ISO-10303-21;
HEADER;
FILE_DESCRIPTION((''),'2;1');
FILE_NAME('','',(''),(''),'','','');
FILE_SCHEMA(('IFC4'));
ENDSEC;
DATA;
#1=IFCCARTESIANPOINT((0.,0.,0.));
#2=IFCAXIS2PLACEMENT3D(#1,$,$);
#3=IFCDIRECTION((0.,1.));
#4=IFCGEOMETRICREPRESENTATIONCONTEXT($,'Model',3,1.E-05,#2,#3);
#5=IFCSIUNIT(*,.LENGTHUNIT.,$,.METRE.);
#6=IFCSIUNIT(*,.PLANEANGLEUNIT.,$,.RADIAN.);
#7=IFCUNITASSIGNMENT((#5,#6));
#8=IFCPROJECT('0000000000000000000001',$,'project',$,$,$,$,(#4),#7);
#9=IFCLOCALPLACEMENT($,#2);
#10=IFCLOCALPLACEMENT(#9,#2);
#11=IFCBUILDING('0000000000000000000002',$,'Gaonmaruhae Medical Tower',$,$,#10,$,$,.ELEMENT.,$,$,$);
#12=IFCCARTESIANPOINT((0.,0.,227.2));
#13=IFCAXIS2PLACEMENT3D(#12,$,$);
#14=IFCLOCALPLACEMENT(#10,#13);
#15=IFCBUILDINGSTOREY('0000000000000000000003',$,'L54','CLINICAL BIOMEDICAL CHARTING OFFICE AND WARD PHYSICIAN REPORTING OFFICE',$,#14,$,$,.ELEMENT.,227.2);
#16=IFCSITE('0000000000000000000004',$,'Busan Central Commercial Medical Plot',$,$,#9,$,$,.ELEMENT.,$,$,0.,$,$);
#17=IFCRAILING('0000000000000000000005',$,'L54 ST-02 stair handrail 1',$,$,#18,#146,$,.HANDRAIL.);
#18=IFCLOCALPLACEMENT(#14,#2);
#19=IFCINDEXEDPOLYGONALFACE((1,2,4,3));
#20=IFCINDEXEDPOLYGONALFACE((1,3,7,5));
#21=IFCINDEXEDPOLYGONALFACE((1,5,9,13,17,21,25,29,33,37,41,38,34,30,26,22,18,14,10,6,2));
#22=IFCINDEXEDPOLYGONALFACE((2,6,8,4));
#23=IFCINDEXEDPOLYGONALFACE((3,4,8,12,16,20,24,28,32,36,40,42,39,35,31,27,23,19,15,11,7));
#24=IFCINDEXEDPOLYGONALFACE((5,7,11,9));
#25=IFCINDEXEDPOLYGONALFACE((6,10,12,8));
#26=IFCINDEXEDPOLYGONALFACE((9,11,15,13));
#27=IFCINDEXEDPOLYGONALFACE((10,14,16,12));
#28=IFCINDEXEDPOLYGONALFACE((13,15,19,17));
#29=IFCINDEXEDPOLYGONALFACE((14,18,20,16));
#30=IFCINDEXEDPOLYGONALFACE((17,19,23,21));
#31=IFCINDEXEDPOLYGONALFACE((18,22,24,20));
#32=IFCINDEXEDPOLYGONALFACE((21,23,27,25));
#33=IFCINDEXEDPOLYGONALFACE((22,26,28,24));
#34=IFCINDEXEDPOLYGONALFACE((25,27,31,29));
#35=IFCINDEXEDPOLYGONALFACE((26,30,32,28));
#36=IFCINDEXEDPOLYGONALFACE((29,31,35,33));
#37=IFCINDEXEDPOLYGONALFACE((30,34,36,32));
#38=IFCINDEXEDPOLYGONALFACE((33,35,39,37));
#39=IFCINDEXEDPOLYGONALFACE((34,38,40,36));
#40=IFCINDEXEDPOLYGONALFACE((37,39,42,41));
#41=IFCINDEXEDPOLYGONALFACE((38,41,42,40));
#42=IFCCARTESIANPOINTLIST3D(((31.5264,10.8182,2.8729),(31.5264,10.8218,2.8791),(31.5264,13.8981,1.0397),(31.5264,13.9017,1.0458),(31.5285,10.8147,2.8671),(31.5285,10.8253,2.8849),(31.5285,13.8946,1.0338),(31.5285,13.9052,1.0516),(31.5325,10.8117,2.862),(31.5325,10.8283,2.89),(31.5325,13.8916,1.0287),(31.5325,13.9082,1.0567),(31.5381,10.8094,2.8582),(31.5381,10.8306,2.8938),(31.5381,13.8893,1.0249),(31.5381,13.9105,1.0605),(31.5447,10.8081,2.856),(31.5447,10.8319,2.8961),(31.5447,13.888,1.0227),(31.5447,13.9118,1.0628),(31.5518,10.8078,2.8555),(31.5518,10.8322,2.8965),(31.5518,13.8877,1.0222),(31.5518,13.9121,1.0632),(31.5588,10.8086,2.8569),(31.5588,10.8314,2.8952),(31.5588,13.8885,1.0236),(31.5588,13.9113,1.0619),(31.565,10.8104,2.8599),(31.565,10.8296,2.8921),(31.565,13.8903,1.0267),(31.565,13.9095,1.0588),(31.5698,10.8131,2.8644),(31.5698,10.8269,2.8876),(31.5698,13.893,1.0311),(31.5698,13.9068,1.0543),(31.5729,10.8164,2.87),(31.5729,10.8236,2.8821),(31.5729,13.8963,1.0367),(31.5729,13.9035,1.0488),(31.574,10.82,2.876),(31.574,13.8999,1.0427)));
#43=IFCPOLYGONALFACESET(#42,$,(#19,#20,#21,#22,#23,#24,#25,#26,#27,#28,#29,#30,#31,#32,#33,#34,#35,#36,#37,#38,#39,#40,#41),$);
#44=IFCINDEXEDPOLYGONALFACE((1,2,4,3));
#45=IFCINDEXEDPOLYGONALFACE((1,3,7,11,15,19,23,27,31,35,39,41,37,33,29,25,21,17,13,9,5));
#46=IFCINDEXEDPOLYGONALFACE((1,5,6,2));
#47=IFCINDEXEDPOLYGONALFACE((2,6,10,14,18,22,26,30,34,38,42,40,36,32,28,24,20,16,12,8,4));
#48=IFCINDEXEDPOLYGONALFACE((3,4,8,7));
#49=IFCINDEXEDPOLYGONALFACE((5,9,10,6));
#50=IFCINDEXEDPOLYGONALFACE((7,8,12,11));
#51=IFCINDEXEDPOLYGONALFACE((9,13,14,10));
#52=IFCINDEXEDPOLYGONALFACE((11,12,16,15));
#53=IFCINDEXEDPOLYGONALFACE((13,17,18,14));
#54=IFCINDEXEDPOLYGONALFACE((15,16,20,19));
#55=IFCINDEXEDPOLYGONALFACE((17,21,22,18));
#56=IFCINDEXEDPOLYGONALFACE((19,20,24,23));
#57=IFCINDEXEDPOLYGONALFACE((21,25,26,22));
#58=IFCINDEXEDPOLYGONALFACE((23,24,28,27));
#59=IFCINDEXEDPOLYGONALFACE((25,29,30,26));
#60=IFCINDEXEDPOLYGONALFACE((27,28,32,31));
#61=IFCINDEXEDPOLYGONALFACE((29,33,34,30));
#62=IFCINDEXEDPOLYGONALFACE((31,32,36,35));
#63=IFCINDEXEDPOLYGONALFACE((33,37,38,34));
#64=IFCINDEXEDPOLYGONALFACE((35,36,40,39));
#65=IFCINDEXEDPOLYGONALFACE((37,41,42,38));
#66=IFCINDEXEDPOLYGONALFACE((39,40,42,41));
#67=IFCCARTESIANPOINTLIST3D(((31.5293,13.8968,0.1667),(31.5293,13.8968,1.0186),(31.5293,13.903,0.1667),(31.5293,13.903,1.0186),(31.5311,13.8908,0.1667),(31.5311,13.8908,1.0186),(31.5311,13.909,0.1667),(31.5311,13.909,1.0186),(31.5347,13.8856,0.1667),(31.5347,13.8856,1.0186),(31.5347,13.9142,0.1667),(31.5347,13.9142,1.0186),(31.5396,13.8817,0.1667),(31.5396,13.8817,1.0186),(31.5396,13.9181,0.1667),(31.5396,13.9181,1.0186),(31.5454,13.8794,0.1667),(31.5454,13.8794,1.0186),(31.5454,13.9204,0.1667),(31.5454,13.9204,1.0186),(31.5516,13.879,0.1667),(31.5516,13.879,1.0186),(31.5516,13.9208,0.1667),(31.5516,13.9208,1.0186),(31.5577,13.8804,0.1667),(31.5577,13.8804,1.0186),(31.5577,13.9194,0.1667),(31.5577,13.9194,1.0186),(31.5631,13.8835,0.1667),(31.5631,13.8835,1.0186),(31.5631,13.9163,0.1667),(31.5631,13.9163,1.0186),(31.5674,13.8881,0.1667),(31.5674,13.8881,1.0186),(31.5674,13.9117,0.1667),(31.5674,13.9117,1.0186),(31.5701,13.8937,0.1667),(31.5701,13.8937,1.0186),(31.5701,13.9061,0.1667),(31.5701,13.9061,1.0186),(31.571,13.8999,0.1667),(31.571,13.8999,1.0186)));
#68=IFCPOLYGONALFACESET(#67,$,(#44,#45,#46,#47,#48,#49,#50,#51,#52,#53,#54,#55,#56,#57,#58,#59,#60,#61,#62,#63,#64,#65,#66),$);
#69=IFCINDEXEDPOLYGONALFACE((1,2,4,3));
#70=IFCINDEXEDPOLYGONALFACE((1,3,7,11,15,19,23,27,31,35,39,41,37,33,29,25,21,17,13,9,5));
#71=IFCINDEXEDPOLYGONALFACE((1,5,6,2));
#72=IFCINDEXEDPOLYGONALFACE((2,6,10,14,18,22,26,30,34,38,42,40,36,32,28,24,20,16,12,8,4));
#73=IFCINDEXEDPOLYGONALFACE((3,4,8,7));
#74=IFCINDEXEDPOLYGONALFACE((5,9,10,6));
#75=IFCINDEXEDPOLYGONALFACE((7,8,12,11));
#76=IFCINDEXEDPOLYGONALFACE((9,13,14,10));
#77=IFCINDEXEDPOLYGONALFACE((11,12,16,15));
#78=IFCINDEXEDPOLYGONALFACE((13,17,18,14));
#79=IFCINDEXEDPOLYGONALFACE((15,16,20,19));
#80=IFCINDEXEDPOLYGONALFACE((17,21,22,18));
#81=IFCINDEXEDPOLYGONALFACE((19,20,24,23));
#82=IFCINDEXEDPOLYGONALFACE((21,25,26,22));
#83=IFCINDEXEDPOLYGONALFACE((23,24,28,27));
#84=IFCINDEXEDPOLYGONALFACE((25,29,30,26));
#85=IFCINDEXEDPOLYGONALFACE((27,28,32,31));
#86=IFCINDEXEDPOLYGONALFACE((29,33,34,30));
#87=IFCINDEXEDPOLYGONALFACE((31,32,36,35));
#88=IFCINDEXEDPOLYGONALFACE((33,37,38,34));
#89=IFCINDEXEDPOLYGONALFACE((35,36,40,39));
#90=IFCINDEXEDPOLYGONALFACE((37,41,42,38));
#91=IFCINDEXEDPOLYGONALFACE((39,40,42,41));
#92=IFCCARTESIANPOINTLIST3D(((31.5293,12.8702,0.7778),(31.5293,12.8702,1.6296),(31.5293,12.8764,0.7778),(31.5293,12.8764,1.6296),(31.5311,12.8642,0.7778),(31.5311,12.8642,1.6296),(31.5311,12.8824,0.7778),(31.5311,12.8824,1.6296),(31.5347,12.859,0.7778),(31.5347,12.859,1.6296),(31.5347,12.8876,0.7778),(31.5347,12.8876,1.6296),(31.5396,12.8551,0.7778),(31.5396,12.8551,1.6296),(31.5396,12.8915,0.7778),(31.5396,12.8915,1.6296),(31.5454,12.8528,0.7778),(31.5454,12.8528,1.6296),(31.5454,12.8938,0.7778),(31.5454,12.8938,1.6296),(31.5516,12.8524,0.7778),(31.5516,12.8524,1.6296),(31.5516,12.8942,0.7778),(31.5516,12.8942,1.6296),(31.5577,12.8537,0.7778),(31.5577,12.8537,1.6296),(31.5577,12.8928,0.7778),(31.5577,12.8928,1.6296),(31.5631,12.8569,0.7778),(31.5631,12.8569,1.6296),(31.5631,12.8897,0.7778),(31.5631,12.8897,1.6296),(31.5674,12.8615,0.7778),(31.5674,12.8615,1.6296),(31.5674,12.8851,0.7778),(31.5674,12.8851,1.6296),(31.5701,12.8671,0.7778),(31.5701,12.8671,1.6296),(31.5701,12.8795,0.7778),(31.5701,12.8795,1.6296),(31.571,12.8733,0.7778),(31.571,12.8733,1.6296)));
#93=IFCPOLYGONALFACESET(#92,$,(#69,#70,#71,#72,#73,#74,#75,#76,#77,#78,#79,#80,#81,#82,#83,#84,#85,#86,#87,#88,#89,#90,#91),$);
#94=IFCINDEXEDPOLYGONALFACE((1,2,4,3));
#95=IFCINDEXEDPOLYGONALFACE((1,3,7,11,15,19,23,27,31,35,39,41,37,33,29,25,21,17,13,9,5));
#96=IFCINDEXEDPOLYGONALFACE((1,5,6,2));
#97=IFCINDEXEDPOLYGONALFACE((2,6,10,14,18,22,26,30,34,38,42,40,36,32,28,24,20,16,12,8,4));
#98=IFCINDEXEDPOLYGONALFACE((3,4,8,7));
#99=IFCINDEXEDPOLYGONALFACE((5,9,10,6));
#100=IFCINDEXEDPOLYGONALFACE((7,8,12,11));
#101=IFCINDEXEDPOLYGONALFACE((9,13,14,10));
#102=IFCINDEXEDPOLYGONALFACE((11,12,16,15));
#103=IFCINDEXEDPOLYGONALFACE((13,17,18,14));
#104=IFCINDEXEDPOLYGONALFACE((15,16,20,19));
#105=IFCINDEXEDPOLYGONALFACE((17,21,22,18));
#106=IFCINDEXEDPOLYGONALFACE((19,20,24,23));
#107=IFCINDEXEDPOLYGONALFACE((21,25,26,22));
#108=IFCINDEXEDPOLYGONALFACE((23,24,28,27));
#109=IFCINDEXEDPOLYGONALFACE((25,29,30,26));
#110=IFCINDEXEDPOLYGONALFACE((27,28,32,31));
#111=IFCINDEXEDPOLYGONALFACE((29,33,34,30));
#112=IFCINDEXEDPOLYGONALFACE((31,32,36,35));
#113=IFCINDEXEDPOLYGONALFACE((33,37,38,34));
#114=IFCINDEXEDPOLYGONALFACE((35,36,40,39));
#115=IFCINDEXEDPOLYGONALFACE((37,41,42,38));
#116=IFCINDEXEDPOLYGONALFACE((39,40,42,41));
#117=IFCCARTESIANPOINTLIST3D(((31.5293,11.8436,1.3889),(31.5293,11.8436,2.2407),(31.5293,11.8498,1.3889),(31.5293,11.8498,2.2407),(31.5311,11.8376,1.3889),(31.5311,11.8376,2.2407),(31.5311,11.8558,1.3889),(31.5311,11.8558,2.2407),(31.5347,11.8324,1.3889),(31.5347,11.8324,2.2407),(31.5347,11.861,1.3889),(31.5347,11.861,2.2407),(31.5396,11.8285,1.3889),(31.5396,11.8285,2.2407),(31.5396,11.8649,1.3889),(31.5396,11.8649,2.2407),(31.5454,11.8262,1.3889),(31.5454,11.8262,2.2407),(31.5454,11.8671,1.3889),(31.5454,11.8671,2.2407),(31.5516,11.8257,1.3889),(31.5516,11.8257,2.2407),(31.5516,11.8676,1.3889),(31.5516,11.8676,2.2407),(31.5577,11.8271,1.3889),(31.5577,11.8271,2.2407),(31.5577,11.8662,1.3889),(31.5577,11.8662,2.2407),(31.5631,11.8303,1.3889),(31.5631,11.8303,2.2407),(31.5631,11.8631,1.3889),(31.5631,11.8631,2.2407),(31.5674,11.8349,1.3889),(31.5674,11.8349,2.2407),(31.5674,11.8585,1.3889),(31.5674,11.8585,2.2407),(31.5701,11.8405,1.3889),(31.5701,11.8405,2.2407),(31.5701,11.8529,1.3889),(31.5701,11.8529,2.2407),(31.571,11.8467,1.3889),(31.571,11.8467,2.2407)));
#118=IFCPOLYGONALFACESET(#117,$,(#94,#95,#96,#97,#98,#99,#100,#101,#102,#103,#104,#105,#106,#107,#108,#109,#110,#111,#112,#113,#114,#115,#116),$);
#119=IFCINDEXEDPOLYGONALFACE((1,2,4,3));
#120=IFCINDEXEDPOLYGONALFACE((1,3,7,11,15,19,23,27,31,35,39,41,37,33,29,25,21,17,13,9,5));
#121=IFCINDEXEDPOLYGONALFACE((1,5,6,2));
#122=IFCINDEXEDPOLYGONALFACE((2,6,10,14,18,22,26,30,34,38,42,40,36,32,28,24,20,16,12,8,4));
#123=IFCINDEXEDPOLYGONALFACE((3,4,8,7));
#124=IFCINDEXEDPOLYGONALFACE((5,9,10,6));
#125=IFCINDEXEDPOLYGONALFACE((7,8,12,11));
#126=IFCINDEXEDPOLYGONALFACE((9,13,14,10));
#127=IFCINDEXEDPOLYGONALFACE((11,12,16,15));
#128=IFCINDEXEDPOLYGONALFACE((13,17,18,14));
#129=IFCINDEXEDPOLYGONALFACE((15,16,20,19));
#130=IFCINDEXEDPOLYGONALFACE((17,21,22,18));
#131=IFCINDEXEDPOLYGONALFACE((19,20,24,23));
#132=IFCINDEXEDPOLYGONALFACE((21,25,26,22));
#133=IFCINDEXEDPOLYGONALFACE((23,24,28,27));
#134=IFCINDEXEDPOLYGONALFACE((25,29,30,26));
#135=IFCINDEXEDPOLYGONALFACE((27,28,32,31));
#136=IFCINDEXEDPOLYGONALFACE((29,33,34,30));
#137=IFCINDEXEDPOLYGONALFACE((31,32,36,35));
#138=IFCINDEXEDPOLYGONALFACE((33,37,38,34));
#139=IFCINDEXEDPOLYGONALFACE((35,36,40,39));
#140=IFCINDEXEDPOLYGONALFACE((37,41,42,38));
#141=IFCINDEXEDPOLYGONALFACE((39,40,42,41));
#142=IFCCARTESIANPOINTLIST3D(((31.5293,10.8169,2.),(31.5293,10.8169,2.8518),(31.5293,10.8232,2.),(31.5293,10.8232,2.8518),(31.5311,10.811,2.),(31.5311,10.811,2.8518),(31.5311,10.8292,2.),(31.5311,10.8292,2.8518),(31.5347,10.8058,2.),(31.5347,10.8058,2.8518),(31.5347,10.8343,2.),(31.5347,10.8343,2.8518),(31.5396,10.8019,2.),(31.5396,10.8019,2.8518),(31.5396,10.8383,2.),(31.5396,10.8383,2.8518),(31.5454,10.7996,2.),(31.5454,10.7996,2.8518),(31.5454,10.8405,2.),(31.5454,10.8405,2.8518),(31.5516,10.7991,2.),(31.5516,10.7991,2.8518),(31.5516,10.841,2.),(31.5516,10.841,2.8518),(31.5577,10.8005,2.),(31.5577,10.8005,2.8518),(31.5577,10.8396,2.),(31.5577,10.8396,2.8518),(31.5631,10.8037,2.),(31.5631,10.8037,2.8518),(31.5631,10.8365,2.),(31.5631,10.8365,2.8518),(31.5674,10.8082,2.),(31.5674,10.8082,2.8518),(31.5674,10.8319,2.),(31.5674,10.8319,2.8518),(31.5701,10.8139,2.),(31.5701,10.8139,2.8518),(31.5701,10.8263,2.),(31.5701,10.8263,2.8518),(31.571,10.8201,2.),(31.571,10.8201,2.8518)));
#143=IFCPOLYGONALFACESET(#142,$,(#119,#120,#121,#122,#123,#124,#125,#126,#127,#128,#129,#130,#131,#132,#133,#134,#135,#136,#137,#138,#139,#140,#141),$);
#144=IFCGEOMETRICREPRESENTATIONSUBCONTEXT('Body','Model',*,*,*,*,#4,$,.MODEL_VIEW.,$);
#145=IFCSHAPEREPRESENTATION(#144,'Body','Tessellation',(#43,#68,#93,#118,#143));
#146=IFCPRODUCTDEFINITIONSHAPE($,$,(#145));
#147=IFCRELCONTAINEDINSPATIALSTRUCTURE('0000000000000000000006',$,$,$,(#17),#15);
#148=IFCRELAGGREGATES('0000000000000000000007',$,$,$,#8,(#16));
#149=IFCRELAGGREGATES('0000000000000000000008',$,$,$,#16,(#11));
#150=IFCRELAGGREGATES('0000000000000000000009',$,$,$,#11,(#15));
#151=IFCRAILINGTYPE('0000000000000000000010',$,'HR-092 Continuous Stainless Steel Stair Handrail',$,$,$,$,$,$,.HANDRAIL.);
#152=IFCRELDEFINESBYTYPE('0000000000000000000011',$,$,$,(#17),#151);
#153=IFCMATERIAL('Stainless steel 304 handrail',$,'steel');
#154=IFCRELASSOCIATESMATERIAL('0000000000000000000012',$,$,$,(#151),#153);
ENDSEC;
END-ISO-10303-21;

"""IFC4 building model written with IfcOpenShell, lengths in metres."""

from ifc_helpers import new_model, si_unit, direction, frame, origin, origin_2d, place, context, subcontext, project, spatial, circle, extrude, material, type_object, element, save


model = new_model("IFC4")

# Units and contexts
model_context = context("Model", 3, precision=1e-05, world=origin(), true_north=direction((0.0, 1.0)))
body_context = subcontext(model_context, "Body", "Model", "MODEL_VIEW")
ifc_project = project(units=[si_unit("LENGTHUNIT", "METRE"), si_unit("PLANEANGLEUNIT", "RADIAN")], contexts=[model_context])

# Site, building, storey
site_placement = place(None, origin())
site = spatial("IfcSite", under=ifc_project, at=site_placement, Name="Busan Central Commercial Medical Plot", CompositionType="ELEMENT", RefElevation=0.0)
building_placement = place(site_placement, origin())
building = spatial("IfcBuilding", under=site, at=building_placement, Name="Gaonmaruhae Medical Tower", CompositionType="ELEMENT")
storey_placement = place(building_placement, frame((0.0, 0.0, 227.2)))
storey = spatial("IfcBuildingStorey", under=building, at=storey_placement, Name="L54", Description="CLINICAL BIOMEDICAL CHARTING OFFICE AND WARD PHYSICIAN REPORTING OFFICE", CompositionType="ELEMENT", Elevation=227.2)

# Railing
ifc_material_1 = material(Name="Stainless steel 304 handrail", Category="steel")
railing_type_1 = type_object("IfcRailingType", Name="HR-092 Continuous Stainless Steel Stair Handrail", PredefinedType="HANDRAIL", material=ifc_material_1)
railing_1_placement = place(storey_placement, frame((31.55, 13.8999, 0.1667)))
element("IfcRailing", 1, at=railing_1_placement, inside=storey, type_object=railing_type_1, Name="L54 ST-02 stair handrail 1", PredefinedType="HANDRAIL", context=body_context, shape_type="SweptSolid", body=[
    extrude(circle(Radius=0.0239, at=origin_2d()), frame((0.0, 0.0, 0.876), z_axis=(0.0, -0.859291, 0.511487), x_axis=(1.0, 0.0, 0.0)), (0.0, 0.0, 1.0), 3.5842),
    extrude(circle(Radius=0.021, at=origin_2d()), origin(), (0.0, 0.0, 1.0), 0.8518),
    extrude(circle(Radius=0.021, at=origin_2d()), frame((0.0, -1.0266, 0.6111)), (0.0, 0.0, 1.0), 0.8518),
    extrude(circle(Radius=0.021, at=origin_2d()), frame((0.0, -2.0532, 1.2222)), (0.0, 0.0, 1.0), 0.8518),
    extrude(circle(Radius=0.021, at=origin_2d()), frame((0.0, -3.0798, 1.8333)), (0.0, 0.0, 1.0), 0.8518),
])

save(model, "model.ifc")
